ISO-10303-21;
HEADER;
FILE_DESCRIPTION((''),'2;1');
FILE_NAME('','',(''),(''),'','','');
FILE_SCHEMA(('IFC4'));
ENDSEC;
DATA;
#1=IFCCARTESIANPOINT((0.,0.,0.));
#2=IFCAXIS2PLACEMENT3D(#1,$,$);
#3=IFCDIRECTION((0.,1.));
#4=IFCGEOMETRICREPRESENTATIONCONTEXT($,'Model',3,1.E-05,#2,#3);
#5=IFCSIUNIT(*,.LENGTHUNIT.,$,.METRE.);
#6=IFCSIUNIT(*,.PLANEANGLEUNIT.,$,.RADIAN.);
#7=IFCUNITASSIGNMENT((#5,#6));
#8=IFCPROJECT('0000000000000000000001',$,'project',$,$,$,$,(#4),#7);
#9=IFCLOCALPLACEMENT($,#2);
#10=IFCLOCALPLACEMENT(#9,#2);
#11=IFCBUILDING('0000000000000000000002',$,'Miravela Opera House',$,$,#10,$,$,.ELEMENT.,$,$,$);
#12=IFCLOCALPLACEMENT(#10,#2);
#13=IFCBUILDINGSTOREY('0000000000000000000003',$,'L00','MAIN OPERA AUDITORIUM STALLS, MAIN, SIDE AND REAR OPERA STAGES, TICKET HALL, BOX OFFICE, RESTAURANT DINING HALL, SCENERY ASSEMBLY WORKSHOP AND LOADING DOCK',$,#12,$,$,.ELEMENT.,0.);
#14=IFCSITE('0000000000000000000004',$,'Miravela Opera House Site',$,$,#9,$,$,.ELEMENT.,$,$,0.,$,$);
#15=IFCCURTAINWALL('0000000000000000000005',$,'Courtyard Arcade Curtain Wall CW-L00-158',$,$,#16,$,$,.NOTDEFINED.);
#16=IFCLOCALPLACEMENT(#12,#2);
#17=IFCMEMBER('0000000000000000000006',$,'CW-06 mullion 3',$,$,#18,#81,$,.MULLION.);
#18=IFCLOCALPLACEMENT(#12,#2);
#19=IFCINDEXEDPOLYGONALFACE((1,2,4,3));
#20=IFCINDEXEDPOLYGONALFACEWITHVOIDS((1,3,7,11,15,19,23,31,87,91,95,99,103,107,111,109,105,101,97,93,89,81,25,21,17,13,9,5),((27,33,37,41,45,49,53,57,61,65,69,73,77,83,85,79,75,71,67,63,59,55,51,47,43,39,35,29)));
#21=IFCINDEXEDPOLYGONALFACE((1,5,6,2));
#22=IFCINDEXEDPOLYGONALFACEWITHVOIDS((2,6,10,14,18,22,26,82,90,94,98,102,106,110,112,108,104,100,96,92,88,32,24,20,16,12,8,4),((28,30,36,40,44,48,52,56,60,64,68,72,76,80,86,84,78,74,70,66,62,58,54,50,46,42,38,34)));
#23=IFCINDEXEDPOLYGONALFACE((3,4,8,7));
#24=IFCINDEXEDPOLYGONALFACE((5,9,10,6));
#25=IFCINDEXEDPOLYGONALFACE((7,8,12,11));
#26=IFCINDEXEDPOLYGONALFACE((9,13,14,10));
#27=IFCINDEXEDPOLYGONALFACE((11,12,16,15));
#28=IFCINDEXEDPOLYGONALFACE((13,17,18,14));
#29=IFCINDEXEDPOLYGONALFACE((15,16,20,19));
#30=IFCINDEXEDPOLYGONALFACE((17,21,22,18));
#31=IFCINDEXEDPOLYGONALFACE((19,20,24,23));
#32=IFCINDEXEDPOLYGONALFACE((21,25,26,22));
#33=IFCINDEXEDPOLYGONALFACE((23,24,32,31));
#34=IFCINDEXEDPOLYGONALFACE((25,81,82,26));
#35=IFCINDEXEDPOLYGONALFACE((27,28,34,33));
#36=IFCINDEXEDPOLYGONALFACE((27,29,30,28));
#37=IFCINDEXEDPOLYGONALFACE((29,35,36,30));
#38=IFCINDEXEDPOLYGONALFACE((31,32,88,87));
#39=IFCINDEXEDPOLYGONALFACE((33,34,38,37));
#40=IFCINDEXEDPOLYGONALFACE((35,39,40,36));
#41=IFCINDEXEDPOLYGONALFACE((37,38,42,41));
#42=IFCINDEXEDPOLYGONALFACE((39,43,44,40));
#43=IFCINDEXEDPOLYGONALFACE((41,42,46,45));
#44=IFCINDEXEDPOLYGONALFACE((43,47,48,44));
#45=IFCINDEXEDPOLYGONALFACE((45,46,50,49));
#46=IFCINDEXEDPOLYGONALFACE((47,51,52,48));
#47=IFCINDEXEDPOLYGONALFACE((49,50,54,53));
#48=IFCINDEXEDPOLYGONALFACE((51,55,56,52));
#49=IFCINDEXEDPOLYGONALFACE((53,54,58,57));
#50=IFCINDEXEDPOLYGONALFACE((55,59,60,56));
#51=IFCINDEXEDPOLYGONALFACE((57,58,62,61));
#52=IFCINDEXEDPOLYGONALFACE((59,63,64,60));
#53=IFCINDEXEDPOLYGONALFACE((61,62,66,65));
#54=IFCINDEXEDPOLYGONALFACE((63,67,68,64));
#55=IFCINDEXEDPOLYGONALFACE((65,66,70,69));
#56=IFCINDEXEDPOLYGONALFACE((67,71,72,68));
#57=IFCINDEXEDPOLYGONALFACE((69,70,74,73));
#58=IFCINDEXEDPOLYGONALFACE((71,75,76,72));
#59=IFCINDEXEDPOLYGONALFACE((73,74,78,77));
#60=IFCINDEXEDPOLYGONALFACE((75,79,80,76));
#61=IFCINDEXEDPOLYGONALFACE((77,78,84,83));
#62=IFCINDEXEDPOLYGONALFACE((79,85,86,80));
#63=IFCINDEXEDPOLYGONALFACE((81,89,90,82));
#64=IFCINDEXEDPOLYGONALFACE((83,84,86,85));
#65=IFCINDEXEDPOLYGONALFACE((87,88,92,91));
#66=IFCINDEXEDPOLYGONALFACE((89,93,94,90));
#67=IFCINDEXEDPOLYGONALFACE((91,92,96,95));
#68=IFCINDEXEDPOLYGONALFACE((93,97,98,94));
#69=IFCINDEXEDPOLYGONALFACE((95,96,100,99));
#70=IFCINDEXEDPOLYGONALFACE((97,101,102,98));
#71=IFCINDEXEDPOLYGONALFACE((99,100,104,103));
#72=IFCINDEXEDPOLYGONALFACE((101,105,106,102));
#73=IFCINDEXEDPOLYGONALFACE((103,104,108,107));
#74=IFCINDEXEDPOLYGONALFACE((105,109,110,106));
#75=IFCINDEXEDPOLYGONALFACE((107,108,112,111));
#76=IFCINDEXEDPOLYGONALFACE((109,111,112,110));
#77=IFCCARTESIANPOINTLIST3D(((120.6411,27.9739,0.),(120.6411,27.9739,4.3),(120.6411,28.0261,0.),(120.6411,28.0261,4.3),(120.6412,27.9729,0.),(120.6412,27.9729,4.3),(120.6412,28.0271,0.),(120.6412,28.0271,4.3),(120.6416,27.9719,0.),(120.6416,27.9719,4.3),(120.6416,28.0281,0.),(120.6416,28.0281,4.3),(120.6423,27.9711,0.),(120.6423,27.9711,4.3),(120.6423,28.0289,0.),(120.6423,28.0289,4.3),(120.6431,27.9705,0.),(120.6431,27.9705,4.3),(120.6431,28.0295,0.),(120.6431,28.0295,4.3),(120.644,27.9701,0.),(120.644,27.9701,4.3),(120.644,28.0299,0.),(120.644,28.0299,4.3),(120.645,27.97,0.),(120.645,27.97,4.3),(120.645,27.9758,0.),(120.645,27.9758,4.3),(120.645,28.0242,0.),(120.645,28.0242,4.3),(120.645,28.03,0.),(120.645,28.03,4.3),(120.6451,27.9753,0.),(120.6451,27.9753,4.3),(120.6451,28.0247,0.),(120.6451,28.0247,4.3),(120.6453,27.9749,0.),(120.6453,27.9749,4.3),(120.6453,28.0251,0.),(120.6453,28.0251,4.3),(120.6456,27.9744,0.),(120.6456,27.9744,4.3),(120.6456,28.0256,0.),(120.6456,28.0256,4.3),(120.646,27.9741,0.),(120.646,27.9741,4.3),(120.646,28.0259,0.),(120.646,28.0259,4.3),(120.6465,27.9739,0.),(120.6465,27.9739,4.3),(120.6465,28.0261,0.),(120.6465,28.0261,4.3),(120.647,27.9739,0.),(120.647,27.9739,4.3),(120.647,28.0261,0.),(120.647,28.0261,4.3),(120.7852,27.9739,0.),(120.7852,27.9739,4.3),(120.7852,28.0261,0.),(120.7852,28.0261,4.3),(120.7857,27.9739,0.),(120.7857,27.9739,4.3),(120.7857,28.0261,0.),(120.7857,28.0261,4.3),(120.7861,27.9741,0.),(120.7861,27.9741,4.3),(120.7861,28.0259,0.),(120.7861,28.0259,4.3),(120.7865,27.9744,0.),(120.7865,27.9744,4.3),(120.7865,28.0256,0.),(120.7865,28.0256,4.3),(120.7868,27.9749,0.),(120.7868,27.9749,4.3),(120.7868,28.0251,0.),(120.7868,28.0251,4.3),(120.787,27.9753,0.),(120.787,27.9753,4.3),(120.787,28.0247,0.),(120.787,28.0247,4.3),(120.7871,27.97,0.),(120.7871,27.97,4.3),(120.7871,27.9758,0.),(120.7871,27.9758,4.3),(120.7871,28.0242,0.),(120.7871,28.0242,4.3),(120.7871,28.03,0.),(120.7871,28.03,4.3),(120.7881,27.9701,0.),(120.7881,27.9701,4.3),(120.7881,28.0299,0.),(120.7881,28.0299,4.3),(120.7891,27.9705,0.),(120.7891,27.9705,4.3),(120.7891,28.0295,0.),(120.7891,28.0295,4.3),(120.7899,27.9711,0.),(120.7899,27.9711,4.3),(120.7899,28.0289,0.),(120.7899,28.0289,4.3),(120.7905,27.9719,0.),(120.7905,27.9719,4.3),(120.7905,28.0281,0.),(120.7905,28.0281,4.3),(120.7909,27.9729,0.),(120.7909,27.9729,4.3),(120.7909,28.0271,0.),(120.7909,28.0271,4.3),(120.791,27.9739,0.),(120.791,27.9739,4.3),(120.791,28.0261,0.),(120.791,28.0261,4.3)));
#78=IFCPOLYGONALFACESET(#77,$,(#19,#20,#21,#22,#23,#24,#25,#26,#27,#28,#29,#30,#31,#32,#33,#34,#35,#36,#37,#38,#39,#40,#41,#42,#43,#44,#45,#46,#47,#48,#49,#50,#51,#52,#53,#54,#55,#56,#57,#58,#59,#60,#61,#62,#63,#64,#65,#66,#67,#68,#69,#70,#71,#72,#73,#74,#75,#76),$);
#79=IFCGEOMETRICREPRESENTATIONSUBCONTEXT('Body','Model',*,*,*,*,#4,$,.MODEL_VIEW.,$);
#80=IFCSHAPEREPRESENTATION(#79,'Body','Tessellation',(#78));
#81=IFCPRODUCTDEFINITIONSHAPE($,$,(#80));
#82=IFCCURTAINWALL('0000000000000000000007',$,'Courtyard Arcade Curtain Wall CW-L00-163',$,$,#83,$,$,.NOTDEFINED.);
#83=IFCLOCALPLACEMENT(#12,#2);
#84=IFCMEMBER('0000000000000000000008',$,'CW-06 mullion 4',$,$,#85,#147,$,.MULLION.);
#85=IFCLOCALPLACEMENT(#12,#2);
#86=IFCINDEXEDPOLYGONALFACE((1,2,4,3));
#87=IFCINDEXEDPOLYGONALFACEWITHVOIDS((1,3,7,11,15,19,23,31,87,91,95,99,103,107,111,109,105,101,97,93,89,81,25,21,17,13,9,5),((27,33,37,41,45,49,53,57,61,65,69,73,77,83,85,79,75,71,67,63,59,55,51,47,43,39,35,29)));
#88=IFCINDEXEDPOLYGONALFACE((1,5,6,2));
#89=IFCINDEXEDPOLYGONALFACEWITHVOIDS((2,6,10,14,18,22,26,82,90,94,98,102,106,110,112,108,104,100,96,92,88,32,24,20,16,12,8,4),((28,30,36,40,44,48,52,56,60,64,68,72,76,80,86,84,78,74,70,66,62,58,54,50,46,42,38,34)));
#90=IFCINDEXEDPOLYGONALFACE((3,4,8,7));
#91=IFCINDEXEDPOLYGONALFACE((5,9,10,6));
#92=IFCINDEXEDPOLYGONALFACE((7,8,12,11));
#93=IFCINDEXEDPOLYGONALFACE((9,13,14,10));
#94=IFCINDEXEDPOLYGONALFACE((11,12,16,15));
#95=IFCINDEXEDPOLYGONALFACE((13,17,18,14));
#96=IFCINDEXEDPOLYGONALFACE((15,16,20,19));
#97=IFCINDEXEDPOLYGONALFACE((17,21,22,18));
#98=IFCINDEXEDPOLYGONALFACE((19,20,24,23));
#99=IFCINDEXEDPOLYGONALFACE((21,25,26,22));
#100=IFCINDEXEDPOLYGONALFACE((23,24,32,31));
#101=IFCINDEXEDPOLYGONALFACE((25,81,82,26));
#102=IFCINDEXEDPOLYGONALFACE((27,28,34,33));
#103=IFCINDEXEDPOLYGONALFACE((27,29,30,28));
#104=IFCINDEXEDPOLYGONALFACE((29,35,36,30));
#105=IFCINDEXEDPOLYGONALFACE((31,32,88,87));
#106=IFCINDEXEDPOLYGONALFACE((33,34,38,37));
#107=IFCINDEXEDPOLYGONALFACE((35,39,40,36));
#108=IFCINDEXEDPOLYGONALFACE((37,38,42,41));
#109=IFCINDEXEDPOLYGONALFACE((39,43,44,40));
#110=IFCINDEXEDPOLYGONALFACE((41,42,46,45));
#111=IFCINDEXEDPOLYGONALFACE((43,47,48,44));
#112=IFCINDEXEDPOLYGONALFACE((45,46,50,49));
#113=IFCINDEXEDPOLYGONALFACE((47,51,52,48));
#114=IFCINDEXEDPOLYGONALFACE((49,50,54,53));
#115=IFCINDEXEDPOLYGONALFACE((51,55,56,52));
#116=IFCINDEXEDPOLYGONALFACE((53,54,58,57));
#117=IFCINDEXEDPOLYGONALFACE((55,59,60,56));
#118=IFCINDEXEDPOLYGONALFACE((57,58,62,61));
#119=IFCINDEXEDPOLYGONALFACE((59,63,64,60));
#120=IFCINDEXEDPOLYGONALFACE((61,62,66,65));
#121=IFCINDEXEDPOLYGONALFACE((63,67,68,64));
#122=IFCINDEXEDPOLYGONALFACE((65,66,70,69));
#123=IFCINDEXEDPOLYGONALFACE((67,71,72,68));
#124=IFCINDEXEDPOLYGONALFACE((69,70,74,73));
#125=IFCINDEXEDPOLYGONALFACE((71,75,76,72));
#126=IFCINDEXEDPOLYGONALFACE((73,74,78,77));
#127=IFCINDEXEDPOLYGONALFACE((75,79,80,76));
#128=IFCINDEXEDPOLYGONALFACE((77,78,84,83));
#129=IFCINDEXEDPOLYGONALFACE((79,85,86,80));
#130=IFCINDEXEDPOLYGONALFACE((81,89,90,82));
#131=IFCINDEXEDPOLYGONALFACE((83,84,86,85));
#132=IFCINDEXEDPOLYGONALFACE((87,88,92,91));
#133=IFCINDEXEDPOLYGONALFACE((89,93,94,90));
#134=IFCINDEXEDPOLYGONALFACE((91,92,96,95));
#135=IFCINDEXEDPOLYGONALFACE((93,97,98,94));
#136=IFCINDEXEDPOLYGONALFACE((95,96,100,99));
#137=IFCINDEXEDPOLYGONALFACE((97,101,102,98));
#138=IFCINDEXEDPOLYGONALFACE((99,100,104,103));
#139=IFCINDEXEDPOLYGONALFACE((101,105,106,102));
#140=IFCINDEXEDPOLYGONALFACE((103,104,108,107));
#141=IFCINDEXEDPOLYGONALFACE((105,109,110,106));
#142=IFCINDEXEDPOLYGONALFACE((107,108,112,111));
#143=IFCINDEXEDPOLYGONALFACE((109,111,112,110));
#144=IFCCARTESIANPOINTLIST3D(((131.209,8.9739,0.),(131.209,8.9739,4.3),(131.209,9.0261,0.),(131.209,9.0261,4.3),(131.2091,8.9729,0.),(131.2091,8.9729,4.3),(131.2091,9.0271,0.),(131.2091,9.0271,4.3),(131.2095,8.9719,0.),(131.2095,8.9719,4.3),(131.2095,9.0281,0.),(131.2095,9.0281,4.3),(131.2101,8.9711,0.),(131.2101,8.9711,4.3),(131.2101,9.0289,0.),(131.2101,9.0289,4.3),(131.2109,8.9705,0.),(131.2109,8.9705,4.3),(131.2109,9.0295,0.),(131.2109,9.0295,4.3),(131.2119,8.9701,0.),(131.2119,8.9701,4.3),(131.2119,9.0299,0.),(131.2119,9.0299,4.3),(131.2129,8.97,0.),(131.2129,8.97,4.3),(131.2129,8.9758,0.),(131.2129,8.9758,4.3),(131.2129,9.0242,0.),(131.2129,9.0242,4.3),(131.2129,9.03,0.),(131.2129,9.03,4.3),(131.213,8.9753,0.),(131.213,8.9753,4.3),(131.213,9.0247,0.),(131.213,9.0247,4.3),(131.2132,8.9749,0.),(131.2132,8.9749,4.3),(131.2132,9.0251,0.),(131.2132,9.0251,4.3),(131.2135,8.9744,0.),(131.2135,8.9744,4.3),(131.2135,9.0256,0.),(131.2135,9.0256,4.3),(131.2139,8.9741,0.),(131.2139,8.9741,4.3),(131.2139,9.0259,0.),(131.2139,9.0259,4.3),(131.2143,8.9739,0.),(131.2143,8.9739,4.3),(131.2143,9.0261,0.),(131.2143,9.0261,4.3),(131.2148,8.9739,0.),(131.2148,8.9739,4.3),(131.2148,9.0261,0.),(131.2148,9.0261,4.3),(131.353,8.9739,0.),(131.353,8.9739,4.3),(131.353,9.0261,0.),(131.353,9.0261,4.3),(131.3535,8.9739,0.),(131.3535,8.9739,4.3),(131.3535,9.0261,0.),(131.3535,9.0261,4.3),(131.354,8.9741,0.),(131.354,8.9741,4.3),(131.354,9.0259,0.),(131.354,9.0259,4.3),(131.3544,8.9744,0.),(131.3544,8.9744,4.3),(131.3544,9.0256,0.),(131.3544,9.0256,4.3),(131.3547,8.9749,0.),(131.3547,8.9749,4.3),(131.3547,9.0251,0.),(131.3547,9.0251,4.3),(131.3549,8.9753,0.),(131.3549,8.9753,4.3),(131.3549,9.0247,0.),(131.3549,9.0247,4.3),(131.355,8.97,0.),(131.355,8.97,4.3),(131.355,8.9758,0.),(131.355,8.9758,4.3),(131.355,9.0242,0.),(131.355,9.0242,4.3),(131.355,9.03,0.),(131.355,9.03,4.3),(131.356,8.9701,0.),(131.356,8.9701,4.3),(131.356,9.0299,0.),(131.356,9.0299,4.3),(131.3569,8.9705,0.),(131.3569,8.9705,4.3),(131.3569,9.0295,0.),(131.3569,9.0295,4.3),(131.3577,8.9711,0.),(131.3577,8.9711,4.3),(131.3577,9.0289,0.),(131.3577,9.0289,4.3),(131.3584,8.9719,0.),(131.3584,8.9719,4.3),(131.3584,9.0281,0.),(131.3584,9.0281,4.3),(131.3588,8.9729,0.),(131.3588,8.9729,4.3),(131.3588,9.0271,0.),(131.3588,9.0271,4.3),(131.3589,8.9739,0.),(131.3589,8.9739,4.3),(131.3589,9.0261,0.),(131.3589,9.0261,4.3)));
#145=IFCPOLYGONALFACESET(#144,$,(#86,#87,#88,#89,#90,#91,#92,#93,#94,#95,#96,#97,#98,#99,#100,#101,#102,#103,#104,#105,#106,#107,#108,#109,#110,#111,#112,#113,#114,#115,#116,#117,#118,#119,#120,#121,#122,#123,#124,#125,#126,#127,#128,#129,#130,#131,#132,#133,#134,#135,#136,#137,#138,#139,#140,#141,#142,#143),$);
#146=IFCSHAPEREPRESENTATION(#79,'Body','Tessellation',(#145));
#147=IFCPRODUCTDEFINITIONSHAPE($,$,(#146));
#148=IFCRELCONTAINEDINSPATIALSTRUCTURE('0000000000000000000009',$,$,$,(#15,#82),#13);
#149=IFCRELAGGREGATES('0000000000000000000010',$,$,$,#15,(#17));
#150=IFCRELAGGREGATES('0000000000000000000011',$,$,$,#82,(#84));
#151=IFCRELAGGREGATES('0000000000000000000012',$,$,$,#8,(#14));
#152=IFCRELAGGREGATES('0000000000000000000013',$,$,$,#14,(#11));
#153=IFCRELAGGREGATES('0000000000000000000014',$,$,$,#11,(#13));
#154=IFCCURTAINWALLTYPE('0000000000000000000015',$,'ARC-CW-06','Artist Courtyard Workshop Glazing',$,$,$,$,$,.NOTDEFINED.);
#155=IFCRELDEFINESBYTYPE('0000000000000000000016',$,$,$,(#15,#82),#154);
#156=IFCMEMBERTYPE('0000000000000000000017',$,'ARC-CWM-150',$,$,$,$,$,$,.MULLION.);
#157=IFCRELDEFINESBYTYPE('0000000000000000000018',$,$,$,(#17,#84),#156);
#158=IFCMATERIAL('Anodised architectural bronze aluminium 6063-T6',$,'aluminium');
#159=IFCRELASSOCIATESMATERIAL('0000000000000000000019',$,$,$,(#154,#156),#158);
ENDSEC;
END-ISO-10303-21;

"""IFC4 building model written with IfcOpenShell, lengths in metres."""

from ifc_helpers import new_model, si_unit, direction, frame, origin, origin_2d, place, context, subcontext, project, spatial, hollow_rectangle, extrude, material, material_profile, profile_set, type_object, element, aggregate, save


model = new_model("IFC4")

# Units and contexts
model_context = context("Model", 3, precision=1e-05, world=origin(), true_north=direction((0.0, 1.0)))
body_context = subcontext(model_context, "Body", "Model", "MODEL_VIEW")
ifc_project = project(units=[si_unit("LENGTHUNIT", "METRE"), si_unit("PLANEANGLEUNIT", "RADIAN")], contexts=[model_context])

# Site, building, storey
site_placement = place(None, origin())
site = spatial("IfcSite", under=ifc_project, at=site_placement, Name="Miravela Opera House Site", CompositionType="ELEMENT", RefElevation=0.0)
building_placement = place(site_placement, origin())
building = spatial("IfcBuilding", under=site, at=building_placement, Name="Miravela Opera House", CompositionType="ELEMENT")
storey_placement = place(building_placement, origin())
storey = spatial("IfcBuildingStorey", under=building, at=storey_placement, Name="L00", Description="MAIN OPERA AUDITORIUM STALLS, MAIN, SIDE AND REAR OPERA STAGES, TICKET HALL, BOX OFFICE, RESTAURANT DINING HALL, SCENERY ASSEMBLY WORKSHOP AND LOADING DOCK", CompositionType="ELEMENT", Elevation=0.0)

# Curtain wall, member
ifc_material_1 = material(Name="Anodised architectural bronze aluminium 6063-T6", Category="aluminium")
curtain_wall_type = type_object("IfcCurtainWallType", Name="ARC-CW-06", Description="Artist Courtyard Workshop Glazing", PredefinedType="NOTDEFINED", material=ifc_material_1)
curtain_wall_1_placement = place(storey_placement, origin())
curtain_wall_1 = element("IfcCurtainWall", 1, at=curtain_wall_1_placement, inside=storey, type_object=curtain_wall_type, Name="Courtyard Arcade Curtain Wall CW-L00-158", PredefinedType="NOTDEFINED")
ifc_material_profile_1 = material_profile(ifc_material_1, hollow_rectangle(XDim=0.0601, YDim=0.1499, WallThickness=0.0039, InnerFilletRadius=0.002, OuterFilletRadius=0.0039, at=origin_2d()), Name="CWM-60X150")
ifc_profile_set_1 = profile_set([ifc_material_profile_1])
member_type_1 = type_object("IfcMemberType", Name="ARC-CWM-150", PredefinedType="MULLION", material=ifc_profile_set_1)
member_1_placement = place(storey_placement, frame((120.7161, 28.0, 0.0), z_axis=(0.0, 0.0, 1.0), x_axis=(0.0, 1.0, 0.0)))
member_1 = element("IfcMember", 2, at=member_1_placement, type_object=member_type_1, Name="CW-06 mullion 3", PredefinedType="MULLION", context=body_context, shape_type="SweptSolid", body=[
    extrude(hollow_rectangle(XDim=0.0601, YDim=0.1499, WallThickness=0.0039, InnerFilletRadius=0.002, OuterFilletRadius=0.0039, at=origin_2d()), origin(), (0.0, 0.0, 1.0), 4.3),
])

# Curtain wall, member
curtain_wall_2_placement = place(storey_placement, origin())
curtain_wall_2 = element("IfcCurtainWall", 3, at=curtain_wall_2_placement, inside=storey, type_object=curtain_wall_type, Name="Courtyard Arcade Curtain Wall CW-L00-163", PredefinedType="NOTDEFINED")
member_2_placement = place(storey_placement, frame((131.2839, 9.0, 0.0), z_axis=(0.0, 0.0, 1.0), x_axis=(0.0, 1.0, 0.0)))
member_2 = element("IfcMember", 4, at=member_2_placement, type_object=member_type_1, Name="CW-06 mullion 4", PredefinedType="MULLION", context=body_context, shape_type="SweptSolid", body=[
    extrude(hollow_rectangle(XDim=0.0601, YDim=0.1499, WallThickness=0.0039, InnerFilletRadius=0.002, OuterFilletRadius=0.0039, at=origin_2d()), origin(), (0.0, 0.0, 1.0), 4.3),
])

aggregate(curtain_wall_1, [member_1])

aggregate(curtain_wall_2, [member_2])

save(model, "model.ifc")
